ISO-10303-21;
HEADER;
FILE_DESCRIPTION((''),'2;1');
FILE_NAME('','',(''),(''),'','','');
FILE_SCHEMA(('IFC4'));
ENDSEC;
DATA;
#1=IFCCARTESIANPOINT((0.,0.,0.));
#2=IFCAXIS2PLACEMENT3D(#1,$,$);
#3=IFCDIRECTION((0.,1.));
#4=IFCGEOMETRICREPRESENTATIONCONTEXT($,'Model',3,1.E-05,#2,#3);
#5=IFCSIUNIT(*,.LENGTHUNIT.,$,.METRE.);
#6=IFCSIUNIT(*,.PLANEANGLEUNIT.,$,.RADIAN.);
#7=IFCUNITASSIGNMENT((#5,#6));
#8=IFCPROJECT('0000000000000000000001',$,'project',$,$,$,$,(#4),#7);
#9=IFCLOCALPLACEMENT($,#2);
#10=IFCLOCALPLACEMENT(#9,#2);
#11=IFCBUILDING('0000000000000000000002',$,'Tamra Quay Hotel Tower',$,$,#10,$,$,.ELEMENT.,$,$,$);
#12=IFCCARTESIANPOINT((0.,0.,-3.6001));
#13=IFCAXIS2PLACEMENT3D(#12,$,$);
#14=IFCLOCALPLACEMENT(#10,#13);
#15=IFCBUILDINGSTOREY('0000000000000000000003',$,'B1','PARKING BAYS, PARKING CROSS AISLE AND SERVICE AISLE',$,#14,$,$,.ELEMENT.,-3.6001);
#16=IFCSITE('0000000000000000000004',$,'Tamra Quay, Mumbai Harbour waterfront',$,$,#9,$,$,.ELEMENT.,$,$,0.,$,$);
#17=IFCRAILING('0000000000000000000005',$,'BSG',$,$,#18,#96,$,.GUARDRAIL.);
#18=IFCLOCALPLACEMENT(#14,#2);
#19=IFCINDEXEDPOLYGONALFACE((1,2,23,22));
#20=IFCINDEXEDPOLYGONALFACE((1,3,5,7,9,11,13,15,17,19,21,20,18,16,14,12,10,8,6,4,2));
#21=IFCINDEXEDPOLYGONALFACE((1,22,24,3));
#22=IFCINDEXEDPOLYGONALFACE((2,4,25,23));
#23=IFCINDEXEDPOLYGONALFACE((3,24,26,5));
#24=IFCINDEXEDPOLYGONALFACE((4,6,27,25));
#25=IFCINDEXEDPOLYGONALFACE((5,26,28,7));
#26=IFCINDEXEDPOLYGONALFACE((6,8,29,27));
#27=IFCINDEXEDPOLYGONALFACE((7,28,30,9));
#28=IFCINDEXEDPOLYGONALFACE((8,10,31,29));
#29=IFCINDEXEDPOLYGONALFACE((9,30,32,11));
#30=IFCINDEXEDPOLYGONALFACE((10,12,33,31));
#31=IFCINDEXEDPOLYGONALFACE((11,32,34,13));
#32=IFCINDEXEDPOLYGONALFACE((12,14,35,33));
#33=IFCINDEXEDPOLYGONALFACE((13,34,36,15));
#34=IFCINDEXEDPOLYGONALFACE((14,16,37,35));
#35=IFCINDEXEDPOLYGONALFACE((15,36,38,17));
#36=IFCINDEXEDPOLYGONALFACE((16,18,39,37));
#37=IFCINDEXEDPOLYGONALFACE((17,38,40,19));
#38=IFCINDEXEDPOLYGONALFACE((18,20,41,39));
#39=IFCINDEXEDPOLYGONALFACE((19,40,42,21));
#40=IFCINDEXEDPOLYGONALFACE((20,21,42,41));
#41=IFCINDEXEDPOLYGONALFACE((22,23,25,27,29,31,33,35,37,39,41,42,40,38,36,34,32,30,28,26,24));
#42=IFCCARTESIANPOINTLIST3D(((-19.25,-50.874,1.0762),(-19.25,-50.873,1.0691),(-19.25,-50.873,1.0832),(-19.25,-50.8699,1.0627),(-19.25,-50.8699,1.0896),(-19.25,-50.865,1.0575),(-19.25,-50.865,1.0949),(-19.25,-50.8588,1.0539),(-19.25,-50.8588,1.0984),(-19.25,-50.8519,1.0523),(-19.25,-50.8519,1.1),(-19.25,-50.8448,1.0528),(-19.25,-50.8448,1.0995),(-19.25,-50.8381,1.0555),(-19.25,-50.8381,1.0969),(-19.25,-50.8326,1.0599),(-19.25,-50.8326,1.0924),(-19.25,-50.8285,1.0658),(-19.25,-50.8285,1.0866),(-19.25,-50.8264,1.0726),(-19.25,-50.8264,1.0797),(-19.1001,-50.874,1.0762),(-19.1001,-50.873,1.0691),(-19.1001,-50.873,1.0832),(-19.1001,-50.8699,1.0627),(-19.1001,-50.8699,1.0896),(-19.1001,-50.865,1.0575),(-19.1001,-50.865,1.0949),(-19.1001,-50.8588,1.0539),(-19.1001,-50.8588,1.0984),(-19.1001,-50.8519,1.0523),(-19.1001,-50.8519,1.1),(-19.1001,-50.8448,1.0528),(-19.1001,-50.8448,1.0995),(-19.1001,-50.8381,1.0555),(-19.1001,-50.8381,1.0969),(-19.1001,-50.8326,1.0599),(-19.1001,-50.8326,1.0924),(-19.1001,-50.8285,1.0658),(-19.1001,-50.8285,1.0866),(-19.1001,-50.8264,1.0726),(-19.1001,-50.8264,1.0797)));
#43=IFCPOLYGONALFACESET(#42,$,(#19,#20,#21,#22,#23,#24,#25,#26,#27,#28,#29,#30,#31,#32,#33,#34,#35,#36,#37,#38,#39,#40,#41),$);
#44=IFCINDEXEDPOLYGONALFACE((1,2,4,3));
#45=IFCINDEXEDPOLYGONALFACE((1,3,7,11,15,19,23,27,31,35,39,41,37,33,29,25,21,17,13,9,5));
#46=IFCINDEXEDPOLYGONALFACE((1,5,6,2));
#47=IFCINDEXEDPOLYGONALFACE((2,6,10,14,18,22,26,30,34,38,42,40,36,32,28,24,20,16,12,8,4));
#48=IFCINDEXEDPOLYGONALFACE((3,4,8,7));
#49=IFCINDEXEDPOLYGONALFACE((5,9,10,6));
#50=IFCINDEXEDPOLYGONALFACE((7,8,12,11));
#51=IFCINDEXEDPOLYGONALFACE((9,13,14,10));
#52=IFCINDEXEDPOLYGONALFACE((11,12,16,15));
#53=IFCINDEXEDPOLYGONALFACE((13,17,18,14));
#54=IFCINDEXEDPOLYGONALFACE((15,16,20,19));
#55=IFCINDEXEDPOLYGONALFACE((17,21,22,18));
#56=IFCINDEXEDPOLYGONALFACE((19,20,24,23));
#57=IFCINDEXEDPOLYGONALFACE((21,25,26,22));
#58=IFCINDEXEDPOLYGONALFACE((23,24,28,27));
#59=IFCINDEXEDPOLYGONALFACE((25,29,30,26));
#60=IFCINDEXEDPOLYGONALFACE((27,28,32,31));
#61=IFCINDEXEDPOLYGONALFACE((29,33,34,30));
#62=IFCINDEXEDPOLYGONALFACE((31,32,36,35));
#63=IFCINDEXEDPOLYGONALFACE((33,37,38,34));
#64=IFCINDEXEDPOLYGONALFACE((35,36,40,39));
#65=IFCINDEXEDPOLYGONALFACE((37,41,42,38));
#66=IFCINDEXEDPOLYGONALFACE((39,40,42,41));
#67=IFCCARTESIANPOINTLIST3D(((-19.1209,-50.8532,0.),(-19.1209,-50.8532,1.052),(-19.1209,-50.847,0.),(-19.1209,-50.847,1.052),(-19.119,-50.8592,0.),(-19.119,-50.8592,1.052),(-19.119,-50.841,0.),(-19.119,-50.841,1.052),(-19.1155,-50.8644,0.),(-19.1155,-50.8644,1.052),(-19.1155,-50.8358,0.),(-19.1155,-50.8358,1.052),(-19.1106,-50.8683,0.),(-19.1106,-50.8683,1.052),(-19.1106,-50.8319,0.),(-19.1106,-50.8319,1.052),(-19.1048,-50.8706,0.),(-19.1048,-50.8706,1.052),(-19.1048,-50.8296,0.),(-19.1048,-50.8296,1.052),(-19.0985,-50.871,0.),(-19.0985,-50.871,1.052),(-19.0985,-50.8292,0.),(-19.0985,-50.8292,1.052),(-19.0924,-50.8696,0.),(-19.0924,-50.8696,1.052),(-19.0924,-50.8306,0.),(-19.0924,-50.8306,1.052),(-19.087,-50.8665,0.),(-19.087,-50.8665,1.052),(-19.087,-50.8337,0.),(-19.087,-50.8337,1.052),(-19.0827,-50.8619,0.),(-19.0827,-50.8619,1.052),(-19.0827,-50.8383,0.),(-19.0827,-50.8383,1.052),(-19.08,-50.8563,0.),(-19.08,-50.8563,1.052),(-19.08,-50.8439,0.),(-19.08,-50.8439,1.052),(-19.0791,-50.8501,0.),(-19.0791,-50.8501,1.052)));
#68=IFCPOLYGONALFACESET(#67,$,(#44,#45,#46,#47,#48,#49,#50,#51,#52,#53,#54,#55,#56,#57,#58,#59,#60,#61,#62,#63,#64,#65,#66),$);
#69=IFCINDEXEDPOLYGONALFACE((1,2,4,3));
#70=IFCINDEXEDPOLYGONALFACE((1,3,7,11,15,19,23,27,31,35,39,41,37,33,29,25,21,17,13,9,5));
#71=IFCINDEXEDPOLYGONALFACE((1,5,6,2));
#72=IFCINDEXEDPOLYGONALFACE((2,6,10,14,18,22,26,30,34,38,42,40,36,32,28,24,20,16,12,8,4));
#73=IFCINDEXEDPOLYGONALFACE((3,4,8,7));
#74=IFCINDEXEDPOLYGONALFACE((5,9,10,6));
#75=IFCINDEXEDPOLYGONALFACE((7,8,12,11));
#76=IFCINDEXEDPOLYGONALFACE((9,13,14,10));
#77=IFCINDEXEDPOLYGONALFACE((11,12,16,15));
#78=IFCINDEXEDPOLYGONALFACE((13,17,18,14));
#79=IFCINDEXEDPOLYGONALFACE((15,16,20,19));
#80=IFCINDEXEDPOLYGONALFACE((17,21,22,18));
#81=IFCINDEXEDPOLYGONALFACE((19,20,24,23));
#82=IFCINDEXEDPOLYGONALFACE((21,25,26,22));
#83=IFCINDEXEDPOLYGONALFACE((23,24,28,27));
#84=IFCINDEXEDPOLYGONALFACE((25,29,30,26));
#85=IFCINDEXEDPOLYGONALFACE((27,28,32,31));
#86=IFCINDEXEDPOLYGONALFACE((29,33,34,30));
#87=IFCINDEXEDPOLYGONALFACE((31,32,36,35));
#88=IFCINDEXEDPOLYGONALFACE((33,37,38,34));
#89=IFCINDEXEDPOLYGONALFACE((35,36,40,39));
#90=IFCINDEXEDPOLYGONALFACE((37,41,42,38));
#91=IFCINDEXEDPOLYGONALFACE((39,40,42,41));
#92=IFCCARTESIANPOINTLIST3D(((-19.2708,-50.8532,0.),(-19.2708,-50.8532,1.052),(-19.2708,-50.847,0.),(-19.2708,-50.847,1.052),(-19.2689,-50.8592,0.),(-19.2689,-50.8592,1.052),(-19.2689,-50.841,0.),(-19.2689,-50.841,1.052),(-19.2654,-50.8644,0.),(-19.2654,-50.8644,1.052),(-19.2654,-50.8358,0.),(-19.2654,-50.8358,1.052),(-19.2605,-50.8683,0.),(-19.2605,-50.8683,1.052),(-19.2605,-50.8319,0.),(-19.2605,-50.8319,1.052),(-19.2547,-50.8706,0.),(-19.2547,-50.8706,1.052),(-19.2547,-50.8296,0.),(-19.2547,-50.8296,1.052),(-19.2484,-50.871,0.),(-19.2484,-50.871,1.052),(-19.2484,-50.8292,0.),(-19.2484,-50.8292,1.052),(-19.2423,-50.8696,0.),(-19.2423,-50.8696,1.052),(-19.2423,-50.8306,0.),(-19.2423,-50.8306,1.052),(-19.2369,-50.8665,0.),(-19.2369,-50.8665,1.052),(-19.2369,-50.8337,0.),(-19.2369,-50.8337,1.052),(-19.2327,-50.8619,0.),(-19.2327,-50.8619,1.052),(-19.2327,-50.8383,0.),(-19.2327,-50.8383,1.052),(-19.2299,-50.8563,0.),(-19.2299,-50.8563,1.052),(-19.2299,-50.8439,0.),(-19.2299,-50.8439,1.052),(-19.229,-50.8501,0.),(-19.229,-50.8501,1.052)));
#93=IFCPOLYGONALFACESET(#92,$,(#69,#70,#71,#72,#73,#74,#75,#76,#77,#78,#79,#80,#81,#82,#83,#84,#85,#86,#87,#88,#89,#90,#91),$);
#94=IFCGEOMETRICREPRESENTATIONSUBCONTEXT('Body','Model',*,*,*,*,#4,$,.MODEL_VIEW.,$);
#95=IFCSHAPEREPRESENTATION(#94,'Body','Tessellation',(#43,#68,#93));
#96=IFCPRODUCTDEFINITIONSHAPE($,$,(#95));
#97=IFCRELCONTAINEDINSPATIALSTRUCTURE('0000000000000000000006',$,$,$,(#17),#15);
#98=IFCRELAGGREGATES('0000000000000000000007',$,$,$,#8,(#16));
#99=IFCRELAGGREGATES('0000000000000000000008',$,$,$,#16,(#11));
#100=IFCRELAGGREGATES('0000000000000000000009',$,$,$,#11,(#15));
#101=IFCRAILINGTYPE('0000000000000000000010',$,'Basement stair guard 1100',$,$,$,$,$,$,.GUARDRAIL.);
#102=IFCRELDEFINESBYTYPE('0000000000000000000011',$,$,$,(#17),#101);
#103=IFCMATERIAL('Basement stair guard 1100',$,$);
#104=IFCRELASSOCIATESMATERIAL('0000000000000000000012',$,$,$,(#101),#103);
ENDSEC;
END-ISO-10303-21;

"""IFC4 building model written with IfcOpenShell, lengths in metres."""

from ifc_helpers import new_model, si_unit, direction, frame, origin, origin_2d, place, context, subcontext, project, spatial, circle, extrude, material, type_object, element, save


model = new_model("IFC4")

# Units and contexts
model_context = context("Model", 3, precision=1e-05, world=origin(), true_north=direction((0.0, 1.0)))
body_context = subcontext(model_context, "Body", "Model", "MODEL_VIEW")
ifc_project = project(units=[si_unit("LENGTHUNIT", "METRE"), si_unit("PLANEANGLEUNIT", "RADIAN")], contexts=[model_context])

# Site, building, storey
site_placement = place(None, origin())
site = spatial("IfcSite", under=ifc_project, at=site_placement, Name="Tamra Quay, Mumbai Harbour waterfront", CompositionType="ELEMENT", RefElevation=0.0)
building_placement = place(site_placement, origin())
building = spatial("IfcBuilding", under=site, at=building_placement, Name="Tamra Quay Hotel Tower", CompositionType="ELEMENT")
storey_placement = place(building_placement, frame((0.0, 0.0, -3.6001)))
storey = spatial("IfcBuildingStorey", under=building, at=storey_placement, Name="B1", Description="PARKING BAYS, PARKING CROSS AISLE AND SERVICE AISLE", CompositionType="ELEMENT", Elevation=-3.6001)

# Railing
ifc_material_1 = material(Name="Basement stair guard 1100")
railing_type_1 = type_object("IfcRailingType", Name="Basement stair guard 1100", PredefinedType="GUARDRAIL", material=ifc_material_1)
railing_1_placement = place(storey_placement, frame((-19.1001, -50.8501, 0.0)))
element("IfcRailing", 1, at=railing_1_placement, inside=storey, type_object=railing_type_1, Name="BSG", PredefinedType="GUARDRAIL", context=body_context, shape_type="SweptSolid", body=[
    extrude(circle(Radius=0.0239, at=origin_2d()), frame((0.0, 0.0, 1.0762), z_axis=(-1.0, 0.0, 0.0), x_axis=(0.0, -1.0, 0.0)), (0.0, 0.0, 1.0), 0.1499),
    extrude(circle(Radius=0.021, at=origin_2d()), origin(), (0.0, 0.0, 1.0), 1.052),
    extrude(circle(Radius=0.021, at=origin_2d()), frame((-0.1499, 0.0, 0.0)), (0.0, 0.0, 1.0), 1.052),
])

save(model, "model.ifc")
